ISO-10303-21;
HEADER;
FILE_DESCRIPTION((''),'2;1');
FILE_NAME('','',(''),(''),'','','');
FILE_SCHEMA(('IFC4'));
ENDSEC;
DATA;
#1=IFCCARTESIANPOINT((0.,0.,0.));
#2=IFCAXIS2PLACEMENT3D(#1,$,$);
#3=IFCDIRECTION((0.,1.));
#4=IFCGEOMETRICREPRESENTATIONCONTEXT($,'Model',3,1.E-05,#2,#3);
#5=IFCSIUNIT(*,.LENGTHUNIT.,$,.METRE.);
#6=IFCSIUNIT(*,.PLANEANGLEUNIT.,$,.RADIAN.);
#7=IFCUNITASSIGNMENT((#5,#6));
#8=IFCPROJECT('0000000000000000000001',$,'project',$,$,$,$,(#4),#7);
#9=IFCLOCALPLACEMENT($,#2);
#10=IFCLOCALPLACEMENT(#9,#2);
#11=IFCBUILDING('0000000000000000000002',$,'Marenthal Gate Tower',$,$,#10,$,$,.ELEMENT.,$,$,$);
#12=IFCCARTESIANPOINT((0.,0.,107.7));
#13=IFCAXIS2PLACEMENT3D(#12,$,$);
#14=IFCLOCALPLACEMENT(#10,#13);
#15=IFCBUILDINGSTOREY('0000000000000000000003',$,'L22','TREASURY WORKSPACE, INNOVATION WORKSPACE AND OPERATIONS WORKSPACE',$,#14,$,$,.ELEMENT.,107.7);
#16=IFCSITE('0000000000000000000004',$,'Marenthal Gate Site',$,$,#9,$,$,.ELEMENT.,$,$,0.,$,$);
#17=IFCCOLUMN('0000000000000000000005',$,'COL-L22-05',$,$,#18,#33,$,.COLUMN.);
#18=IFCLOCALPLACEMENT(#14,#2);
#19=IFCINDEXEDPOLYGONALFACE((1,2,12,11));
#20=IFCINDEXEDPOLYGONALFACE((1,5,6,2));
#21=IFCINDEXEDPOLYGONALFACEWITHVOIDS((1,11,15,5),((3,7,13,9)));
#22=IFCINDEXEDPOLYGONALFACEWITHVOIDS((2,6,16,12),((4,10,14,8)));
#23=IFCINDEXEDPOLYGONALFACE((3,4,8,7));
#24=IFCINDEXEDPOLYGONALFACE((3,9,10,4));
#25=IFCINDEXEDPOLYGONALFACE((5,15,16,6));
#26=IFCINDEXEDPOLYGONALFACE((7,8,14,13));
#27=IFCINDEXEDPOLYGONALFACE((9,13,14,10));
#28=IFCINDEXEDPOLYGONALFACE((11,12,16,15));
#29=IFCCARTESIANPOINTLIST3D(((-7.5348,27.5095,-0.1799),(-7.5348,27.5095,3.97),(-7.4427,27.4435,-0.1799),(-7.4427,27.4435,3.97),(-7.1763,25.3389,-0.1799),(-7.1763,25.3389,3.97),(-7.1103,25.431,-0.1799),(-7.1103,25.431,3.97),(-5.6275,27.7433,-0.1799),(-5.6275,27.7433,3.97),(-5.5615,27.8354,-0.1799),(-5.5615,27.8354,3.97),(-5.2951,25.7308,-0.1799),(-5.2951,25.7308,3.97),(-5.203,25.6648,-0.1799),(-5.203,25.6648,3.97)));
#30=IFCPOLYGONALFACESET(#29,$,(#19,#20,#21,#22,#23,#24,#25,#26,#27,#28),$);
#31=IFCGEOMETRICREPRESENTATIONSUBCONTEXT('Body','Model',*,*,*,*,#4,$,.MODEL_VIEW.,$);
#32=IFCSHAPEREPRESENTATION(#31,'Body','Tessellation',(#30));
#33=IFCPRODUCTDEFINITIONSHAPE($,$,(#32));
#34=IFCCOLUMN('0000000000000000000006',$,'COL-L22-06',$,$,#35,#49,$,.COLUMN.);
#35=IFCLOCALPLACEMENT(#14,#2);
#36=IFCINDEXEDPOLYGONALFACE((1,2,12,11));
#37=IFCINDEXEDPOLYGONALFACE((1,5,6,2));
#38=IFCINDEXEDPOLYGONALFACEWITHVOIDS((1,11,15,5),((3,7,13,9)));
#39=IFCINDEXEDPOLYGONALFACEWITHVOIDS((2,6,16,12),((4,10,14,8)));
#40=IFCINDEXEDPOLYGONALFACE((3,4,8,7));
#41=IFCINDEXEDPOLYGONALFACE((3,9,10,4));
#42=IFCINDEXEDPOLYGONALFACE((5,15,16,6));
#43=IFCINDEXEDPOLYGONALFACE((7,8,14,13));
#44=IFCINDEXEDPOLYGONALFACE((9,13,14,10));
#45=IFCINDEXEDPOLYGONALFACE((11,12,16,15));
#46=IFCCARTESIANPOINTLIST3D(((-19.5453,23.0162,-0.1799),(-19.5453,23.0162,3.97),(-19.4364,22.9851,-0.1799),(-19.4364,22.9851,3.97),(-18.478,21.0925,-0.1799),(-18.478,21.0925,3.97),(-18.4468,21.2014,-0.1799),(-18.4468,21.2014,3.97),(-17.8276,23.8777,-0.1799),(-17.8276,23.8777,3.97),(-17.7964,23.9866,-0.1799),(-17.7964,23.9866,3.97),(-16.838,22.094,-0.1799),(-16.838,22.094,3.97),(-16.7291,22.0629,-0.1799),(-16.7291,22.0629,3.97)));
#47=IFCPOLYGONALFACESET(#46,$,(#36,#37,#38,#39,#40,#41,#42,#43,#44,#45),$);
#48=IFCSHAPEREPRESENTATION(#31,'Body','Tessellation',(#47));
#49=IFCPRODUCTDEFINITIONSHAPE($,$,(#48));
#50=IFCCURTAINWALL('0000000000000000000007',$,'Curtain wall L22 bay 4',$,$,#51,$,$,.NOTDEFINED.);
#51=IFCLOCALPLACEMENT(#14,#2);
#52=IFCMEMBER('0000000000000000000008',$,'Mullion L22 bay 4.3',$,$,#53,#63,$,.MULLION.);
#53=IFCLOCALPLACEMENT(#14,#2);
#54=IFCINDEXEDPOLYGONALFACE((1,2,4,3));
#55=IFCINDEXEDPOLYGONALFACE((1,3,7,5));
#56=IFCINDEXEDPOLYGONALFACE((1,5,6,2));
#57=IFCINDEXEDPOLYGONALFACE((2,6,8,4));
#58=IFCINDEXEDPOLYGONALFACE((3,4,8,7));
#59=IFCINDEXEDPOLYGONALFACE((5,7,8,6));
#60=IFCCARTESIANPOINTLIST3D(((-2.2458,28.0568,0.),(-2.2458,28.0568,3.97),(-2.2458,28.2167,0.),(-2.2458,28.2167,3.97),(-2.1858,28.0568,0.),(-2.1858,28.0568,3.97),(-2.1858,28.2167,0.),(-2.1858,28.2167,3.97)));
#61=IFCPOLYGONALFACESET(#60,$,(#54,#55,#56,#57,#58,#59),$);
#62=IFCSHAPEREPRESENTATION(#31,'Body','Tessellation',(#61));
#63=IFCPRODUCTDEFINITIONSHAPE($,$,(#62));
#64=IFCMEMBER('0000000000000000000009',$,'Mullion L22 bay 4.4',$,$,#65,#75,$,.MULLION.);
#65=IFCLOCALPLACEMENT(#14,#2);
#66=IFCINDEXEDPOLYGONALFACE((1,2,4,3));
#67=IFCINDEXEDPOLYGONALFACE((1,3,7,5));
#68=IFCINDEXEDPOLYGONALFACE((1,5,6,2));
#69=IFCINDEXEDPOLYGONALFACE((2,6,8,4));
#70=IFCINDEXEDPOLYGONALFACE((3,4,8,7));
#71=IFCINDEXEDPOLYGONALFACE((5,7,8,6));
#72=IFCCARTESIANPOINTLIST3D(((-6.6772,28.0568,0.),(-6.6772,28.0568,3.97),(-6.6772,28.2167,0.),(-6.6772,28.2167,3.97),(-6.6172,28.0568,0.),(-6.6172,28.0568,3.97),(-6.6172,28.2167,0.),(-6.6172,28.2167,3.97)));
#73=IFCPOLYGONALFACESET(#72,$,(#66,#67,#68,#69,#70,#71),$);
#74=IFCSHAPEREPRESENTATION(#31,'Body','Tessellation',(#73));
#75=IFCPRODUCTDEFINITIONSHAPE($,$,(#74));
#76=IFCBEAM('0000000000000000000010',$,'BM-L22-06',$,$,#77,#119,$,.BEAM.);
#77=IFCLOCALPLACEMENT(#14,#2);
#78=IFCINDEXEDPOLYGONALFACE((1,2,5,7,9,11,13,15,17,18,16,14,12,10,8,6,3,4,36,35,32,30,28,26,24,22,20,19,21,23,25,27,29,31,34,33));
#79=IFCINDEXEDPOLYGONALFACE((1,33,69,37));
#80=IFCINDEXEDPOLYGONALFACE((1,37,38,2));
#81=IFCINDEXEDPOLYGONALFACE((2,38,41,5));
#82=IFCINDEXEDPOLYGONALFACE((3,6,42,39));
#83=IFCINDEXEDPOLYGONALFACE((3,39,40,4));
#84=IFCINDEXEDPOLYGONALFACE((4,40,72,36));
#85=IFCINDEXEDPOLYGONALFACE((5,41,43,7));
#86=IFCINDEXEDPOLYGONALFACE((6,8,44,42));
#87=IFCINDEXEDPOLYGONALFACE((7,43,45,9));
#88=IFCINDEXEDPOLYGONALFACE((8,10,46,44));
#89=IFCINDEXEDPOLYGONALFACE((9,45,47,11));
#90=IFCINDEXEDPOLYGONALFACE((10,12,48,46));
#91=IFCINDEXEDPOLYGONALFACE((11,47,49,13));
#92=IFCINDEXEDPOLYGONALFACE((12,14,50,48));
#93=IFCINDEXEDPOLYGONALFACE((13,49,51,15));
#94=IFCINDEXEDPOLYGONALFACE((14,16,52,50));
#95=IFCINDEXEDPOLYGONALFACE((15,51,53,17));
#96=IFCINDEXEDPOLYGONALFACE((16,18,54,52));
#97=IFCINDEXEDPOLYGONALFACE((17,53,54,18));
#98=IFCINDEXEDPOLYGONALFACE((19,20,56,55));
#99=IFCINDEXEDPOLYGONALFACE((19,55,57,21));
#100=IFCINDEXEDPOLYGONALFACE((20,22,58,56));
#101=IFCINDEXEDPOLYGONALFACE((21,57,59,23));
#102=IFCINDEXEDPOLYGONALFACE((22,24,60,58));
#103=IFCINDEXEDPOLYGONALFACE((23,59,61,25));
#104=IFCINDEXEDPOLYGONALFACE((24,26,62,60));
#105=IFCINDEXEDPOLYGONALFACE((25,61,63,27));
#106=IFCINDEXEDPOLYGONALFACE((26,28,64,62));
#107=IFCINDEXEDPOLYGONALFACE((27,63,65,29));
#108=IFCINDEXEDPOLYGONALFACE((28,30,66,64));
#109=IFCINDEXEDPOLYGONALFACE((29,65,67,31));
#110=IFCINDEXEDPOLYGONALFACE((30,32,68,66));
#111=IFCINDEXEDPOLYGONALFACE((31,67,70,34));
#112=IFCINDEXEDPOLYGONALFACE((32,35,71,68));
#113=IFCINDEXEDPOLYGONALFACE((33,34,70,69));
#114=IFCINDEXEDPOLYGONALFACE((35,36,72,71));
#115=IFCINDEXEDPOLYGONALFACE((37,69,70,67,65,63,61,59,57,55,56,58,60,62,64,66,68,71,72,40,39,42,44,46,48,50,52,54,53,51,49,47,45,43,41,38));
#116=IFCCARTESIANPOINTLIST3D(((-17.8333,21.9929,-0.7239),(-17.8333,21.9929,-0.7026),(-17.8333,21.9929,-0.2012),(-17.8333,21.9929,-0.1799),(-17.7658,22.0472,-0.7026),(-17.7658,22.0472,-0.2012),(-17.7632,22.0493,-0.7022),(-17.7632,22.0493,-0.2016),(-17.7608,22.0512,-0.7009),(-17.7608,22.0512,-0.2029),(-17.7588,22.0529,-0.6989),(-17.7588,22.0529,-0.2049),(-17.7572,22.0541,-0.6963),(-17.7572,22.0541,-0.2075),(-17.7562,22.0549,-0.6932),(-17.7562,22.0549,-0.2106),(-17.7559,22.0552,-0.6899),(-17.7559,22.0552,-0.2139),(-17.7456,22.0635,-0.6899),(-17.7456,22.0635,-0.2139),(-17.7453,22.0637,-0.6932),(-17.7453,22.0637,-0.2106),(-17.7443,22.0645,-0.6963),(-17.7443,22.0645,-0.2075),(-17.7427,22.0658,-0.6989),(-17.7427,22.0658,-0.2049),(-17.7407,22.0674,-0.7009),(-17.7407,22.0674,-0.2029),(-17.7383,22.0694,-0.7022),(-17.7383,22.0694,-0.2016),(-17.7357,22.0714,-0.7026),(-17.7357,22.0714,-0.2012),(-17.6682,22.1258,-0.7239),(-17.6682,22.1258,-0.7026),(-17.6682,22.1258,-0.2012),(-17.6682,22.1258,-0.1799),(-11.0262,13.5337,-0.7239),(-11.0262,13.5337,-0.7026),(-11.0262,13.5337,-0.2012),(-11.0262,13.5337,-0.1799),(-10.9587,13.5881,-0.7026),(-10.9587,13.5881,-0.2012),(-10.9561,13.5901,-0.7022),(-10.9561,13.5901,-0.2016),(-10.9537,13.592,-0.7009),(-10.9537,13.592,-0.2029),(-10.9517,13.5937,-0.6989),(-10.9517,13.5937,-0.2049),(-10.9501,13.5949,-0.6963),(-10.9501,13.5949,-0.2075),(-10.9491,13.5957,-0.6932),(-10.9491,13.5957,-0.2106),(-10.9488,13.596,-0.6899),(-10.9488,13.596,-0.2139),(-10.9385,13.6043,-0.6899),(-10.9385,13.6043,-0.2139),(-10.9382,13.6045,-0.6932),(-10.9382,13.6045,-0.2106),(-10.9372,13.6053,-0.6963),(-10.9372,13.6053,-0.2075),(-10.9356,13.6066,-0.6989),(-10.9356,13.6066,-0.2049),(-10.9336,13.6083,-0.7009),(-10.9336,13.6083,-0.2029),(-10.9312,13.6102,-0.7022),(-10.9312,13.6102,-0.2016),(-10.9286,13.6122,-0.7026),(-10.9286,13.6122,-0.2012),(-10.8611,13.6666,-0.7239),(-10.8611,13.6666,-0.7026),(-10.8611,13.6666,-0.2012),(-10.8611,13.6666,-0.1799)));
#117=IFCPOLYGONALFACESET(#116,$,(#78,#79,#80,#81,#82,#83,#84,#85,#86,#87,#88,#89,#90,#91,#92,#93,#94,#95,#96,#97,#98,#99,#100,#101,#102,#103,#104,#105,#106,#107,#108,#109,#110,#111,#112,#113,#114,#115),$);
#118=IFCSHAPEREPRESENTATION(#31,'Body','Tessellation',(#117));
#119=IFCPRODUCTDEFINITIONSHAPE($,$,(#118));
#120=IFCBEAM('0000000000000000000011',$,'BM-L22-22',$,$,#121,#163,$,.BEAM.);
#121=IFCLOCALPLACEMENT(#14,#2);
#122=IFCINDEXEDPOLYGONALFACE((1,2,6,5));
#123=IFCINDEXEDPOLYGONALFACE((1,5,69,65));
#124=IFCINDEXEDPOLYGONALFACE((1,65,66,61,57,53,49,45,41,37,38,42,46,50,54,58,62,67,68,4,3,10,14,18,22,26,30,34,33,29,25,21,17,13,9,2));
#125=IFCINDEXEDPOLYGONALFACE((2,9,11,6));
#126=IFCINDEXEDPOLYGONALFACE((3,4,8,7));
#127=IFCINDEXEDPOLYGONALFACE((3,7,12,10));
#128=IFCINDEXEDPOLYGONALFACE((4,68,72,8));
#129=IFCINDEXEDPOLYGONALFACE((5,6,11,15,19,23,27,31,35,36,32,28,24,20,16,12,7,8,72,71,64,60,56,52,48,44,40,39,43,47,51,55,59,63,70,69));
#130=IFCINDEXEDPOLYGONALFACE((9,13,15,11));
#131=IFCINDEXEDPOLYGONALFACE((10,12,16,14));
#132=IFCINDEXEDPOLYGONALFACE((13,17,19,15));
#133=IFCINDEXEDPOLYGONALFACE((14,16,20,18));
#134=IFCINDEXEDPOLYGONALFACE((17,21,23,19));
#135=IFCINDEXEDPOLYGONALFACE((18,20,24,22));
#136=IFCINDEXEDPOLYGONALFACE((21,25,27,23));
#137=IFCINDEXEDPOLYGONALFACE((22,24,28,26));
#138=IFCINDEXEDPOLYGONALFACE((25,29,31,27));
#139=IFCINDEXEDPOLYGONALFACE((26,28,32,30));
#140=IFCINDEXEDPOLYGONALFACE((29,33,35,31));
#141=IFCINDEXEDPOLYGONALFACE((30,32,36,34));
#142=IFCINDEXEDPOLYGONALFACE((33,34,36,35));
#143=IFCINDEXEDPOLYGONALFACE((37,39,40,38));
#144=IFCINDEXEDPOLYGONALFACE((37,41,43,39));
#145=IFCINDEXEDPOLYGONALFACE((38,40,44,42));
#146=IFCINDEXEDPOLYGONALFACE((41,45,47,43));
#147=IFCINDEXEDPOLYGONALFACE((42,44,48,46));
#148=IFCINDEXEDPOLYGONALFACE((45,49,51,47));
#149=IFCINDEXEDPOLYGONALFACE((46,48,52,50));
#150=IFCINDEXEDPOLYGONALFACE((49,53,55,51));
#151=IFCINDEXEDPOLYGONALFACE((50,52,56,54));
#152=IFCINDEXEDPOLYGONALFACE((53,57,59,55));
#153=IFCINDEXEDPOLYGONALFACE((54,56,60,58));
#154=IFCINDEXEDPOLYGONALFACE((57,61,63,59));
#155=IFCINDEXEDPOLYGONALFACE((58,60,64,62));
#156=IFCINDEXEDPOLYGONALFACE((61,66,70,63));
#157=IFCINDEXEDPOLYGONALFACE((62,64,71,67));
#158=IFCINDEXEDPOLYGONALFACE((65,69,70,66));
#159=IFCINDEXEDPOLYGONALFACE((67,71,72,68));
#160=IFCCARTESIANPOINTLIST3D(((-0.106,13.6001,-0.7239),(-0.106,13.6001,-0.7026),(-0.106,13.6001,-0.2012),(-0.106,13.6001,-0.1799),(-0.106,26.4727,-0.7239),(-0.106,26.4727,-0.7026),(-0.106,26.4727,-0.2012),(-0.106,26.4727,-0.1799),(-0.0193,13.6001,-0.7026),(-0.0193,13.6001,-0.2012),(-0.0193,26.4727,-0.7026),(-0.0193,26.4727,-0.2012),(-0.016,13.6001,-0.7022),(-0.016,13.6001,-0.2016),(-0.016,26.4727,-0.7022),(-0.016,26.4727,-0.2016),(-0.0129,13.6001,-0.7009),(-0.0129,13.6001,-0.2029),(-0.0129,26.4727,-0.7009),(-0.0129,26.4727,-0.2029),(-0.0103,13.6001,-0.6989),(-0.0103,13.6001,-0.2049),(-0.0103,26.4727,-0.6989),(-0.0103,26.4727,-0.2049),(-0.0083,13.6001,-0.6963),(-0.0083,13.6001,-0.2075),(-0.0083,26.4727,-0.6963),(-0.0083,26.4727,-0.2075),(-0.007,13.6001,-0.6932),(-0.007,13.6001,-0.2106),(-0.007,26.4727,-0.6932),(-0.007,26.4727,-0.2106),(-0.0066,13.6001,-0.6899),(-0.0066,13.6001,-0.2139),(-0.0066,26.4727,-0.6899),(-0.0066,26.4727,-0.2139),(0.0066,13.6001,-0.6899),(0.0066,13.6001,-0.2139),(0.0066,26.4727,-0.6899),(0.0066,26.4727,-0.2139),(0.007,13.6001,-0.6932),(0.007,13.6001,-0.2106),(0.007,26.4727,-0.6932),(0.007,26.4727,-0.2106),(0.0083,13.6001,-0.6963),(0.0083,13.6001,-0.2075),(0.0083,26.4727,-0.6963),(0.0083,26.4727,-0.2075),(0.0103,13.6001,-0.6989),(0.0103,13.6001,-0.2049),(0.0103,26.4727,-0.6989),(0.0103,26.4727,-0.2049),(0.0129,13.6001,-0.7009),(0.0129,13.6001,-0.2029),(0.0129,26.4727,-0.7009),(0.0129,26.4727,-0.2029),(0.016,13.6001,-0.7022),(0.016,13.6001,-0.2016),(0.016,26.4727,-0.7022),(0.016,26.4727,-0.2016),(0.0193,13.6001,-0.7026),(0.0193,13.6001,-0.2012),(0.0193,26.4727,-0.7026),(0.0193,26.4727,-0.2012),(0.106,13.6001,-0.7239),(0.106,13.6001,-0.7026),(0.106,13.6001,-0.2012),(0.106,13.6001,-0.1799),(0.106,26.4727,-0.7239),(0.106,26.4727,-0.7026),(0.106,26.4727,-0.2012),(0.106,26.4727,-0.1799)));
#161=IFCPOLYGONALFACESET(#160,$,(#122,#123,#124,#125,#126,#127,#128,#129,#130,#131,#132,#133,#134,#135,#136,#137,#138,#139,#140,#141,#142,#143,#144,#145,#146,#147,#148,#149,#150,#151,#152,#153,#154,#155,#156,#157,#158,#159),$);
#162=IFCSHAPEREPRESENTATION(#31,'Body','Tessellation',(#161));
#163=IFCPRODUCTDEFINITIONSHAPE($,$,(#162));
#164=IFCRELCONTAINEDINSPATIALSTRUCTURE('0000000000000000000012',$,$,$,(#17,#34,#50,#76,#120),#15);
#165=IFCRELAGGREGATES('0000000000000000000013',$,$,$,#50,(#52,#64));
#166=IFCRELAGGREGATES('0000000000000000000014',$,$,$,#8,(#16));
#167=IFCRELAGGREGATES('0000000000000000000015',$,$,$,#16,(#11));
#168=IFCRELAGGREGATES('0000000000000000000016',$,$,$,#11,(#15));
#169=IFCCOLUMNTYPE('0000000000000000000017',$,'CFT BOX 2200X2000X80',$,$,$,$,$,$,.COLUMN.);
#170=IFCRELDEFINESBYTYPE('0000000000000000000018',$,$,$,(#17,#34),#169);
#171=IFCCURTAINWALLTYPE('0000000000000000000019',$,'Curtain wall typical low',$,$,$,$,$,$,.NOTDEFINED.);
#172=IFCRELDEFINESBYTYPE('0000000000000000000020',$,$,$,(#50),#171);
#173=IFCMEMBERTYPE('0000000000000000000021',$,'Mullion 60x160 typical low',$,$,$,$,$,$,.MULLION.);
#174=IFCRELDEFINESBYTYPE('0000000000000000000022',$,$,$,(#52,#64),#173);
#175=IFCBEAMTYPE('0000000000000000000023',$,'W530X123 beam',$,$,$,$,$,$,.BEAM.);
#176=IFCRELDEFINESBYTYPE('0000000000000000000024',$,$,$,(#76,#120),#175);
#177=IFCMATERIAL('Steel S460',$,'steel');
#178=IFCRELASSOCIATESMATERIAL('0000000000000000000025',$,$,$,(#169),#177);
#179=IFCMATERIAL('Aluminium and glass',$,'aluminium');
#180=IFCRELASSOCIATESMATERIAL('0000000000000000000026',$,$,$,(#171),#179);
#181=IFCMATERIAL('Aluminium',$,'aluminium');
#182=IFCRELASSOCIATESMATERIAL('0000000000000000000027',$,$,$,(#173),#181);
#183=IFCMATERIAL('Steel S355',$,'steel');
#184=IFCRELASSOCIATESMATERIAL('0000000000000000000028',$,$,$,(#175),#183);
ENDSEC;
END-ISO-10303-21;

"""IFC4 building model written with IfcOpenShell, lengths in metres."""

from ifc_helpers import new_model, si_unit, direction, frame, origin, origin_2d, place, context, subcontext, project, spatial, rectangle, hollow_rectangle, i_section, extrude, material, material_profile, profile_set, type_object, element, aggregate, save


model = new_model("IFC4")

# Units and contexts
model_context = context("Model", 3, precision=1e-05, world=origin(), true_north=direction((0.0, 1.0)))
body_context = subcontext(model_context, "Body", "Model", "MODEL_VIEW")
ifc_project = project(units=[si_unit("LENGTHUNIT", "METRE"), si_unit("PLANEANGLEUNIT", "RADIAN")], contexts=[model_context])

# Site, building, storey
site_placement = place(None, origin())
site = spatial("IfcSite", under=ifc_project, at=site_placement, Name="Marenthal Gate Site", CompositionType="ELEMENT", RefElevation=0.0)
building_placement = place(site_placement, origin())
building = spatial("IfcBuilding", under=site, at=building_placement, Name="Marenthal Gate Tower", CompositionType="ELEMENT")
storey_placement = place(building_placement, frame((0.0, 0.0, 107.7)))
storey = spatial("IfcBuildingStorey", under=building, at=storey_placement, Name="L22", Description="TREASURY WORKSPACE, INNOVATION WORKSPACE AND OPERATIONS WORKSPACE", CompositionType="ELEMENT", Elevation=107.7)

# Columns
ifc_material_1 = material(Name="Steel S460", Category="steel")
ifc_material_profile_1 = material_profile(ifc_material_1, hollow_rectangle(XDim=2.0, YDim=2.2, WallThickness=0.0801, at=origin_2d()), Name="CFT BOX 2200X2000X80")
ifc_material_2 = material(Name="Concrete 70 MPa", Category="concrete")
ifc_material_profile_2 = material_profile(ifc_material_2, rectangle(XDim=1.8401, YDim=2.04, at=origin_2d()), Name="CFT BOX 2200X2000X80 INFILL")
ifc_profile_set_1 = profile_set([ifc_material_profile_1, ifc_material_profile_2], Name="Steel S460 shell, Concrete 70 MPa infill")
column_type = type_object("IfcColumnType", Name="CFT BOX 2200X2000X80", PredefinedType="COLUMN", material=ifc_profile_set_1)
for number, where, z_axis, x_axis, name in (
    (1, (-6.3689, 26.5872, -0.1799), (0.0, 0.0, 1.0), (0.986633, 0.162961, 0.0), "COL-L22-05"),
    (2, (-18.1372, 22.5396, -0.1799), (0.0, 0.0, 1.0), (0.874427, 0.485158, 0.0), "COL-L22-06"),
):
    element("IfcColumn", number, at=place(storey_placement, frame(where, z_axis=z_axis, x_axis=x_axis)), inside=storey, type_object=column_type, Name=name, PredefinedType="COLUMN", context=body_context, shape_type="SweptSolid", body=[
        extrude(hollow_rectangle(XDim=2.0, YDim=2.2, WallThickness=0.0801, at=origin_2d()), origin(), (0.0, 0.0, 1.0), 4.1499),
    ])

# Curtain wall, members
ifc_material_3 = material(Name="Aluminium and glass", Category="aluminium")
curtain_wall_type = type_object("IfcCurtainWallType", Name="Curtain wall typical low", PredefinedType="NOTDEFINED", material=ifc_material_3)
curtain_wall_placement = place(storey_placement, origin())
curtain_wall = element("IfcCurtainWall", 3, at=curtain_wall_placement, inside=storey, type_object=curtain_wall_type, Name="Curtain wall L22 bay 4", PredefinedType="NOTDEFINED")
ifc_material_4 = material(Name="Aluminium", Category="aluminium")
ifc_material_profile_3 = material_profile(ifc_material_4, rectangle(XDim=0.1599, YDim=0.0601, at=origin_2d()), Name="60x160 aluminium mullion")
ifc_profile_set_2 = profile_set([ifc_material_profile_3], Name="Aluminium")
member_type = type_object("IfcMemberType", Name="Mullion 60x160 typical low", PredefinedType="MULLION", material=ifc_profile_set_2)
member_1_placement = place(storey_placement, frame((-2.2158, 28.1367, 0.0), z_axis=(0.0, 0.0, 1.0), x_axis=(0.0, -1.0, 0.0)))
member_1 = element("IfcMember", 4, at=member_1_placement, type_object=member_type, Name="Mullion L22 bay 4.3", PredefinedType="MULLION", context=body_context, shape_type="SweptSolid", body=[
    extrude(rectangle(XDim=0.1599, YDim=0.0601, at=origin_2d()), origin(), (0.0, 0.0, 1.0), 3.97),
])
member_2_placement = place(storey_placement, frame((-6.6472, 28.1367, 0.0), z_axis=(0.0, 0.0, 1.0), x_axis=(0.0, -1.0, 0.0)))
member_2 = element("IfcMember", 5, at=member_2_placement, type_object=member_type, Name="Mullion L22 bay 4.4", PredefinedType="MULLION", context=body_context, shape_type="SweptSolid", body=[
    extrude(rectangle(XDim=0.1599, YDim=0.0601, at=origin_2d()), origin(), (0.0, 0.0, 1.0), 3.97),
])

# Beams
ifc_material_5 = material(Name="Steel S355", Category="steel")
ifc_material_profile_4 = material_profile(ifc_material_5, i_section(OverallWidth=0.2119, OverallDepth=0.5439, WebThickness=0.0132, FlangeThickness=0.0212, FilletRadius=0.0127, at=origin_2d()), Name="W530X123")
ifc_profile_set_3 = profile_set([ifc_material_profile_4], Name="Steel S355")
beam_type_1 = type_object("IfcBeamType", Name="W530X123 beam", PredefinedType="BEAM", material=ifc_profile_set_3)
beam_1_placement = place(storey_placement, frame((-17.7507, 22.0593, -0.4519), z_axis=(0.626925, -0.77908, 0.0), x_axis=(0.77908, 0.626925, 0.0)))
element("IfcBeam", 6, at=beam_1_placement, inside=storey, type_object=beam_type_1, Name="BM-L22-06", PredefinedType="BEAM", context=body_context, shape_type="SweptSolid", body=[
    extrude(i_section(OverallWidth=0.2119, OverallDepth=0.5439, WebThickness=0.0132, FlangeThickness=0.0212, FilletRadius=0.0127, at=origin_2d()), origin(), (0.0, 0.0, 1.0), 10.8579),
])
beam_2_placement = place(storey_placement, frame((0.0, 26.4727, -0.4519), z_axis=(0.0, -1.0, 0.0), x_axis=(1.0, 0.0, 0.0)))
element("IfcBeam", 7, at=beam_2_placement, inside=storey, type_object=beam_type_1, Name="BM-L22-22", PredefinedType="BEAM", context=body_context, shape_type="SweptSolid", body=[
    extrude(i_section(OverallWidth=0.2119, OverallDepth=0.5439, WebThickness=0.0132, FlangeThickness=0.0212, FilletRadius=0.0127, at=origin_2d()), origin(), (0.0, 0.0, 1.0), 12.8726),
])

aggregate(curtain_wall, [member_1, member_2])

save(model, "model.ifc")
